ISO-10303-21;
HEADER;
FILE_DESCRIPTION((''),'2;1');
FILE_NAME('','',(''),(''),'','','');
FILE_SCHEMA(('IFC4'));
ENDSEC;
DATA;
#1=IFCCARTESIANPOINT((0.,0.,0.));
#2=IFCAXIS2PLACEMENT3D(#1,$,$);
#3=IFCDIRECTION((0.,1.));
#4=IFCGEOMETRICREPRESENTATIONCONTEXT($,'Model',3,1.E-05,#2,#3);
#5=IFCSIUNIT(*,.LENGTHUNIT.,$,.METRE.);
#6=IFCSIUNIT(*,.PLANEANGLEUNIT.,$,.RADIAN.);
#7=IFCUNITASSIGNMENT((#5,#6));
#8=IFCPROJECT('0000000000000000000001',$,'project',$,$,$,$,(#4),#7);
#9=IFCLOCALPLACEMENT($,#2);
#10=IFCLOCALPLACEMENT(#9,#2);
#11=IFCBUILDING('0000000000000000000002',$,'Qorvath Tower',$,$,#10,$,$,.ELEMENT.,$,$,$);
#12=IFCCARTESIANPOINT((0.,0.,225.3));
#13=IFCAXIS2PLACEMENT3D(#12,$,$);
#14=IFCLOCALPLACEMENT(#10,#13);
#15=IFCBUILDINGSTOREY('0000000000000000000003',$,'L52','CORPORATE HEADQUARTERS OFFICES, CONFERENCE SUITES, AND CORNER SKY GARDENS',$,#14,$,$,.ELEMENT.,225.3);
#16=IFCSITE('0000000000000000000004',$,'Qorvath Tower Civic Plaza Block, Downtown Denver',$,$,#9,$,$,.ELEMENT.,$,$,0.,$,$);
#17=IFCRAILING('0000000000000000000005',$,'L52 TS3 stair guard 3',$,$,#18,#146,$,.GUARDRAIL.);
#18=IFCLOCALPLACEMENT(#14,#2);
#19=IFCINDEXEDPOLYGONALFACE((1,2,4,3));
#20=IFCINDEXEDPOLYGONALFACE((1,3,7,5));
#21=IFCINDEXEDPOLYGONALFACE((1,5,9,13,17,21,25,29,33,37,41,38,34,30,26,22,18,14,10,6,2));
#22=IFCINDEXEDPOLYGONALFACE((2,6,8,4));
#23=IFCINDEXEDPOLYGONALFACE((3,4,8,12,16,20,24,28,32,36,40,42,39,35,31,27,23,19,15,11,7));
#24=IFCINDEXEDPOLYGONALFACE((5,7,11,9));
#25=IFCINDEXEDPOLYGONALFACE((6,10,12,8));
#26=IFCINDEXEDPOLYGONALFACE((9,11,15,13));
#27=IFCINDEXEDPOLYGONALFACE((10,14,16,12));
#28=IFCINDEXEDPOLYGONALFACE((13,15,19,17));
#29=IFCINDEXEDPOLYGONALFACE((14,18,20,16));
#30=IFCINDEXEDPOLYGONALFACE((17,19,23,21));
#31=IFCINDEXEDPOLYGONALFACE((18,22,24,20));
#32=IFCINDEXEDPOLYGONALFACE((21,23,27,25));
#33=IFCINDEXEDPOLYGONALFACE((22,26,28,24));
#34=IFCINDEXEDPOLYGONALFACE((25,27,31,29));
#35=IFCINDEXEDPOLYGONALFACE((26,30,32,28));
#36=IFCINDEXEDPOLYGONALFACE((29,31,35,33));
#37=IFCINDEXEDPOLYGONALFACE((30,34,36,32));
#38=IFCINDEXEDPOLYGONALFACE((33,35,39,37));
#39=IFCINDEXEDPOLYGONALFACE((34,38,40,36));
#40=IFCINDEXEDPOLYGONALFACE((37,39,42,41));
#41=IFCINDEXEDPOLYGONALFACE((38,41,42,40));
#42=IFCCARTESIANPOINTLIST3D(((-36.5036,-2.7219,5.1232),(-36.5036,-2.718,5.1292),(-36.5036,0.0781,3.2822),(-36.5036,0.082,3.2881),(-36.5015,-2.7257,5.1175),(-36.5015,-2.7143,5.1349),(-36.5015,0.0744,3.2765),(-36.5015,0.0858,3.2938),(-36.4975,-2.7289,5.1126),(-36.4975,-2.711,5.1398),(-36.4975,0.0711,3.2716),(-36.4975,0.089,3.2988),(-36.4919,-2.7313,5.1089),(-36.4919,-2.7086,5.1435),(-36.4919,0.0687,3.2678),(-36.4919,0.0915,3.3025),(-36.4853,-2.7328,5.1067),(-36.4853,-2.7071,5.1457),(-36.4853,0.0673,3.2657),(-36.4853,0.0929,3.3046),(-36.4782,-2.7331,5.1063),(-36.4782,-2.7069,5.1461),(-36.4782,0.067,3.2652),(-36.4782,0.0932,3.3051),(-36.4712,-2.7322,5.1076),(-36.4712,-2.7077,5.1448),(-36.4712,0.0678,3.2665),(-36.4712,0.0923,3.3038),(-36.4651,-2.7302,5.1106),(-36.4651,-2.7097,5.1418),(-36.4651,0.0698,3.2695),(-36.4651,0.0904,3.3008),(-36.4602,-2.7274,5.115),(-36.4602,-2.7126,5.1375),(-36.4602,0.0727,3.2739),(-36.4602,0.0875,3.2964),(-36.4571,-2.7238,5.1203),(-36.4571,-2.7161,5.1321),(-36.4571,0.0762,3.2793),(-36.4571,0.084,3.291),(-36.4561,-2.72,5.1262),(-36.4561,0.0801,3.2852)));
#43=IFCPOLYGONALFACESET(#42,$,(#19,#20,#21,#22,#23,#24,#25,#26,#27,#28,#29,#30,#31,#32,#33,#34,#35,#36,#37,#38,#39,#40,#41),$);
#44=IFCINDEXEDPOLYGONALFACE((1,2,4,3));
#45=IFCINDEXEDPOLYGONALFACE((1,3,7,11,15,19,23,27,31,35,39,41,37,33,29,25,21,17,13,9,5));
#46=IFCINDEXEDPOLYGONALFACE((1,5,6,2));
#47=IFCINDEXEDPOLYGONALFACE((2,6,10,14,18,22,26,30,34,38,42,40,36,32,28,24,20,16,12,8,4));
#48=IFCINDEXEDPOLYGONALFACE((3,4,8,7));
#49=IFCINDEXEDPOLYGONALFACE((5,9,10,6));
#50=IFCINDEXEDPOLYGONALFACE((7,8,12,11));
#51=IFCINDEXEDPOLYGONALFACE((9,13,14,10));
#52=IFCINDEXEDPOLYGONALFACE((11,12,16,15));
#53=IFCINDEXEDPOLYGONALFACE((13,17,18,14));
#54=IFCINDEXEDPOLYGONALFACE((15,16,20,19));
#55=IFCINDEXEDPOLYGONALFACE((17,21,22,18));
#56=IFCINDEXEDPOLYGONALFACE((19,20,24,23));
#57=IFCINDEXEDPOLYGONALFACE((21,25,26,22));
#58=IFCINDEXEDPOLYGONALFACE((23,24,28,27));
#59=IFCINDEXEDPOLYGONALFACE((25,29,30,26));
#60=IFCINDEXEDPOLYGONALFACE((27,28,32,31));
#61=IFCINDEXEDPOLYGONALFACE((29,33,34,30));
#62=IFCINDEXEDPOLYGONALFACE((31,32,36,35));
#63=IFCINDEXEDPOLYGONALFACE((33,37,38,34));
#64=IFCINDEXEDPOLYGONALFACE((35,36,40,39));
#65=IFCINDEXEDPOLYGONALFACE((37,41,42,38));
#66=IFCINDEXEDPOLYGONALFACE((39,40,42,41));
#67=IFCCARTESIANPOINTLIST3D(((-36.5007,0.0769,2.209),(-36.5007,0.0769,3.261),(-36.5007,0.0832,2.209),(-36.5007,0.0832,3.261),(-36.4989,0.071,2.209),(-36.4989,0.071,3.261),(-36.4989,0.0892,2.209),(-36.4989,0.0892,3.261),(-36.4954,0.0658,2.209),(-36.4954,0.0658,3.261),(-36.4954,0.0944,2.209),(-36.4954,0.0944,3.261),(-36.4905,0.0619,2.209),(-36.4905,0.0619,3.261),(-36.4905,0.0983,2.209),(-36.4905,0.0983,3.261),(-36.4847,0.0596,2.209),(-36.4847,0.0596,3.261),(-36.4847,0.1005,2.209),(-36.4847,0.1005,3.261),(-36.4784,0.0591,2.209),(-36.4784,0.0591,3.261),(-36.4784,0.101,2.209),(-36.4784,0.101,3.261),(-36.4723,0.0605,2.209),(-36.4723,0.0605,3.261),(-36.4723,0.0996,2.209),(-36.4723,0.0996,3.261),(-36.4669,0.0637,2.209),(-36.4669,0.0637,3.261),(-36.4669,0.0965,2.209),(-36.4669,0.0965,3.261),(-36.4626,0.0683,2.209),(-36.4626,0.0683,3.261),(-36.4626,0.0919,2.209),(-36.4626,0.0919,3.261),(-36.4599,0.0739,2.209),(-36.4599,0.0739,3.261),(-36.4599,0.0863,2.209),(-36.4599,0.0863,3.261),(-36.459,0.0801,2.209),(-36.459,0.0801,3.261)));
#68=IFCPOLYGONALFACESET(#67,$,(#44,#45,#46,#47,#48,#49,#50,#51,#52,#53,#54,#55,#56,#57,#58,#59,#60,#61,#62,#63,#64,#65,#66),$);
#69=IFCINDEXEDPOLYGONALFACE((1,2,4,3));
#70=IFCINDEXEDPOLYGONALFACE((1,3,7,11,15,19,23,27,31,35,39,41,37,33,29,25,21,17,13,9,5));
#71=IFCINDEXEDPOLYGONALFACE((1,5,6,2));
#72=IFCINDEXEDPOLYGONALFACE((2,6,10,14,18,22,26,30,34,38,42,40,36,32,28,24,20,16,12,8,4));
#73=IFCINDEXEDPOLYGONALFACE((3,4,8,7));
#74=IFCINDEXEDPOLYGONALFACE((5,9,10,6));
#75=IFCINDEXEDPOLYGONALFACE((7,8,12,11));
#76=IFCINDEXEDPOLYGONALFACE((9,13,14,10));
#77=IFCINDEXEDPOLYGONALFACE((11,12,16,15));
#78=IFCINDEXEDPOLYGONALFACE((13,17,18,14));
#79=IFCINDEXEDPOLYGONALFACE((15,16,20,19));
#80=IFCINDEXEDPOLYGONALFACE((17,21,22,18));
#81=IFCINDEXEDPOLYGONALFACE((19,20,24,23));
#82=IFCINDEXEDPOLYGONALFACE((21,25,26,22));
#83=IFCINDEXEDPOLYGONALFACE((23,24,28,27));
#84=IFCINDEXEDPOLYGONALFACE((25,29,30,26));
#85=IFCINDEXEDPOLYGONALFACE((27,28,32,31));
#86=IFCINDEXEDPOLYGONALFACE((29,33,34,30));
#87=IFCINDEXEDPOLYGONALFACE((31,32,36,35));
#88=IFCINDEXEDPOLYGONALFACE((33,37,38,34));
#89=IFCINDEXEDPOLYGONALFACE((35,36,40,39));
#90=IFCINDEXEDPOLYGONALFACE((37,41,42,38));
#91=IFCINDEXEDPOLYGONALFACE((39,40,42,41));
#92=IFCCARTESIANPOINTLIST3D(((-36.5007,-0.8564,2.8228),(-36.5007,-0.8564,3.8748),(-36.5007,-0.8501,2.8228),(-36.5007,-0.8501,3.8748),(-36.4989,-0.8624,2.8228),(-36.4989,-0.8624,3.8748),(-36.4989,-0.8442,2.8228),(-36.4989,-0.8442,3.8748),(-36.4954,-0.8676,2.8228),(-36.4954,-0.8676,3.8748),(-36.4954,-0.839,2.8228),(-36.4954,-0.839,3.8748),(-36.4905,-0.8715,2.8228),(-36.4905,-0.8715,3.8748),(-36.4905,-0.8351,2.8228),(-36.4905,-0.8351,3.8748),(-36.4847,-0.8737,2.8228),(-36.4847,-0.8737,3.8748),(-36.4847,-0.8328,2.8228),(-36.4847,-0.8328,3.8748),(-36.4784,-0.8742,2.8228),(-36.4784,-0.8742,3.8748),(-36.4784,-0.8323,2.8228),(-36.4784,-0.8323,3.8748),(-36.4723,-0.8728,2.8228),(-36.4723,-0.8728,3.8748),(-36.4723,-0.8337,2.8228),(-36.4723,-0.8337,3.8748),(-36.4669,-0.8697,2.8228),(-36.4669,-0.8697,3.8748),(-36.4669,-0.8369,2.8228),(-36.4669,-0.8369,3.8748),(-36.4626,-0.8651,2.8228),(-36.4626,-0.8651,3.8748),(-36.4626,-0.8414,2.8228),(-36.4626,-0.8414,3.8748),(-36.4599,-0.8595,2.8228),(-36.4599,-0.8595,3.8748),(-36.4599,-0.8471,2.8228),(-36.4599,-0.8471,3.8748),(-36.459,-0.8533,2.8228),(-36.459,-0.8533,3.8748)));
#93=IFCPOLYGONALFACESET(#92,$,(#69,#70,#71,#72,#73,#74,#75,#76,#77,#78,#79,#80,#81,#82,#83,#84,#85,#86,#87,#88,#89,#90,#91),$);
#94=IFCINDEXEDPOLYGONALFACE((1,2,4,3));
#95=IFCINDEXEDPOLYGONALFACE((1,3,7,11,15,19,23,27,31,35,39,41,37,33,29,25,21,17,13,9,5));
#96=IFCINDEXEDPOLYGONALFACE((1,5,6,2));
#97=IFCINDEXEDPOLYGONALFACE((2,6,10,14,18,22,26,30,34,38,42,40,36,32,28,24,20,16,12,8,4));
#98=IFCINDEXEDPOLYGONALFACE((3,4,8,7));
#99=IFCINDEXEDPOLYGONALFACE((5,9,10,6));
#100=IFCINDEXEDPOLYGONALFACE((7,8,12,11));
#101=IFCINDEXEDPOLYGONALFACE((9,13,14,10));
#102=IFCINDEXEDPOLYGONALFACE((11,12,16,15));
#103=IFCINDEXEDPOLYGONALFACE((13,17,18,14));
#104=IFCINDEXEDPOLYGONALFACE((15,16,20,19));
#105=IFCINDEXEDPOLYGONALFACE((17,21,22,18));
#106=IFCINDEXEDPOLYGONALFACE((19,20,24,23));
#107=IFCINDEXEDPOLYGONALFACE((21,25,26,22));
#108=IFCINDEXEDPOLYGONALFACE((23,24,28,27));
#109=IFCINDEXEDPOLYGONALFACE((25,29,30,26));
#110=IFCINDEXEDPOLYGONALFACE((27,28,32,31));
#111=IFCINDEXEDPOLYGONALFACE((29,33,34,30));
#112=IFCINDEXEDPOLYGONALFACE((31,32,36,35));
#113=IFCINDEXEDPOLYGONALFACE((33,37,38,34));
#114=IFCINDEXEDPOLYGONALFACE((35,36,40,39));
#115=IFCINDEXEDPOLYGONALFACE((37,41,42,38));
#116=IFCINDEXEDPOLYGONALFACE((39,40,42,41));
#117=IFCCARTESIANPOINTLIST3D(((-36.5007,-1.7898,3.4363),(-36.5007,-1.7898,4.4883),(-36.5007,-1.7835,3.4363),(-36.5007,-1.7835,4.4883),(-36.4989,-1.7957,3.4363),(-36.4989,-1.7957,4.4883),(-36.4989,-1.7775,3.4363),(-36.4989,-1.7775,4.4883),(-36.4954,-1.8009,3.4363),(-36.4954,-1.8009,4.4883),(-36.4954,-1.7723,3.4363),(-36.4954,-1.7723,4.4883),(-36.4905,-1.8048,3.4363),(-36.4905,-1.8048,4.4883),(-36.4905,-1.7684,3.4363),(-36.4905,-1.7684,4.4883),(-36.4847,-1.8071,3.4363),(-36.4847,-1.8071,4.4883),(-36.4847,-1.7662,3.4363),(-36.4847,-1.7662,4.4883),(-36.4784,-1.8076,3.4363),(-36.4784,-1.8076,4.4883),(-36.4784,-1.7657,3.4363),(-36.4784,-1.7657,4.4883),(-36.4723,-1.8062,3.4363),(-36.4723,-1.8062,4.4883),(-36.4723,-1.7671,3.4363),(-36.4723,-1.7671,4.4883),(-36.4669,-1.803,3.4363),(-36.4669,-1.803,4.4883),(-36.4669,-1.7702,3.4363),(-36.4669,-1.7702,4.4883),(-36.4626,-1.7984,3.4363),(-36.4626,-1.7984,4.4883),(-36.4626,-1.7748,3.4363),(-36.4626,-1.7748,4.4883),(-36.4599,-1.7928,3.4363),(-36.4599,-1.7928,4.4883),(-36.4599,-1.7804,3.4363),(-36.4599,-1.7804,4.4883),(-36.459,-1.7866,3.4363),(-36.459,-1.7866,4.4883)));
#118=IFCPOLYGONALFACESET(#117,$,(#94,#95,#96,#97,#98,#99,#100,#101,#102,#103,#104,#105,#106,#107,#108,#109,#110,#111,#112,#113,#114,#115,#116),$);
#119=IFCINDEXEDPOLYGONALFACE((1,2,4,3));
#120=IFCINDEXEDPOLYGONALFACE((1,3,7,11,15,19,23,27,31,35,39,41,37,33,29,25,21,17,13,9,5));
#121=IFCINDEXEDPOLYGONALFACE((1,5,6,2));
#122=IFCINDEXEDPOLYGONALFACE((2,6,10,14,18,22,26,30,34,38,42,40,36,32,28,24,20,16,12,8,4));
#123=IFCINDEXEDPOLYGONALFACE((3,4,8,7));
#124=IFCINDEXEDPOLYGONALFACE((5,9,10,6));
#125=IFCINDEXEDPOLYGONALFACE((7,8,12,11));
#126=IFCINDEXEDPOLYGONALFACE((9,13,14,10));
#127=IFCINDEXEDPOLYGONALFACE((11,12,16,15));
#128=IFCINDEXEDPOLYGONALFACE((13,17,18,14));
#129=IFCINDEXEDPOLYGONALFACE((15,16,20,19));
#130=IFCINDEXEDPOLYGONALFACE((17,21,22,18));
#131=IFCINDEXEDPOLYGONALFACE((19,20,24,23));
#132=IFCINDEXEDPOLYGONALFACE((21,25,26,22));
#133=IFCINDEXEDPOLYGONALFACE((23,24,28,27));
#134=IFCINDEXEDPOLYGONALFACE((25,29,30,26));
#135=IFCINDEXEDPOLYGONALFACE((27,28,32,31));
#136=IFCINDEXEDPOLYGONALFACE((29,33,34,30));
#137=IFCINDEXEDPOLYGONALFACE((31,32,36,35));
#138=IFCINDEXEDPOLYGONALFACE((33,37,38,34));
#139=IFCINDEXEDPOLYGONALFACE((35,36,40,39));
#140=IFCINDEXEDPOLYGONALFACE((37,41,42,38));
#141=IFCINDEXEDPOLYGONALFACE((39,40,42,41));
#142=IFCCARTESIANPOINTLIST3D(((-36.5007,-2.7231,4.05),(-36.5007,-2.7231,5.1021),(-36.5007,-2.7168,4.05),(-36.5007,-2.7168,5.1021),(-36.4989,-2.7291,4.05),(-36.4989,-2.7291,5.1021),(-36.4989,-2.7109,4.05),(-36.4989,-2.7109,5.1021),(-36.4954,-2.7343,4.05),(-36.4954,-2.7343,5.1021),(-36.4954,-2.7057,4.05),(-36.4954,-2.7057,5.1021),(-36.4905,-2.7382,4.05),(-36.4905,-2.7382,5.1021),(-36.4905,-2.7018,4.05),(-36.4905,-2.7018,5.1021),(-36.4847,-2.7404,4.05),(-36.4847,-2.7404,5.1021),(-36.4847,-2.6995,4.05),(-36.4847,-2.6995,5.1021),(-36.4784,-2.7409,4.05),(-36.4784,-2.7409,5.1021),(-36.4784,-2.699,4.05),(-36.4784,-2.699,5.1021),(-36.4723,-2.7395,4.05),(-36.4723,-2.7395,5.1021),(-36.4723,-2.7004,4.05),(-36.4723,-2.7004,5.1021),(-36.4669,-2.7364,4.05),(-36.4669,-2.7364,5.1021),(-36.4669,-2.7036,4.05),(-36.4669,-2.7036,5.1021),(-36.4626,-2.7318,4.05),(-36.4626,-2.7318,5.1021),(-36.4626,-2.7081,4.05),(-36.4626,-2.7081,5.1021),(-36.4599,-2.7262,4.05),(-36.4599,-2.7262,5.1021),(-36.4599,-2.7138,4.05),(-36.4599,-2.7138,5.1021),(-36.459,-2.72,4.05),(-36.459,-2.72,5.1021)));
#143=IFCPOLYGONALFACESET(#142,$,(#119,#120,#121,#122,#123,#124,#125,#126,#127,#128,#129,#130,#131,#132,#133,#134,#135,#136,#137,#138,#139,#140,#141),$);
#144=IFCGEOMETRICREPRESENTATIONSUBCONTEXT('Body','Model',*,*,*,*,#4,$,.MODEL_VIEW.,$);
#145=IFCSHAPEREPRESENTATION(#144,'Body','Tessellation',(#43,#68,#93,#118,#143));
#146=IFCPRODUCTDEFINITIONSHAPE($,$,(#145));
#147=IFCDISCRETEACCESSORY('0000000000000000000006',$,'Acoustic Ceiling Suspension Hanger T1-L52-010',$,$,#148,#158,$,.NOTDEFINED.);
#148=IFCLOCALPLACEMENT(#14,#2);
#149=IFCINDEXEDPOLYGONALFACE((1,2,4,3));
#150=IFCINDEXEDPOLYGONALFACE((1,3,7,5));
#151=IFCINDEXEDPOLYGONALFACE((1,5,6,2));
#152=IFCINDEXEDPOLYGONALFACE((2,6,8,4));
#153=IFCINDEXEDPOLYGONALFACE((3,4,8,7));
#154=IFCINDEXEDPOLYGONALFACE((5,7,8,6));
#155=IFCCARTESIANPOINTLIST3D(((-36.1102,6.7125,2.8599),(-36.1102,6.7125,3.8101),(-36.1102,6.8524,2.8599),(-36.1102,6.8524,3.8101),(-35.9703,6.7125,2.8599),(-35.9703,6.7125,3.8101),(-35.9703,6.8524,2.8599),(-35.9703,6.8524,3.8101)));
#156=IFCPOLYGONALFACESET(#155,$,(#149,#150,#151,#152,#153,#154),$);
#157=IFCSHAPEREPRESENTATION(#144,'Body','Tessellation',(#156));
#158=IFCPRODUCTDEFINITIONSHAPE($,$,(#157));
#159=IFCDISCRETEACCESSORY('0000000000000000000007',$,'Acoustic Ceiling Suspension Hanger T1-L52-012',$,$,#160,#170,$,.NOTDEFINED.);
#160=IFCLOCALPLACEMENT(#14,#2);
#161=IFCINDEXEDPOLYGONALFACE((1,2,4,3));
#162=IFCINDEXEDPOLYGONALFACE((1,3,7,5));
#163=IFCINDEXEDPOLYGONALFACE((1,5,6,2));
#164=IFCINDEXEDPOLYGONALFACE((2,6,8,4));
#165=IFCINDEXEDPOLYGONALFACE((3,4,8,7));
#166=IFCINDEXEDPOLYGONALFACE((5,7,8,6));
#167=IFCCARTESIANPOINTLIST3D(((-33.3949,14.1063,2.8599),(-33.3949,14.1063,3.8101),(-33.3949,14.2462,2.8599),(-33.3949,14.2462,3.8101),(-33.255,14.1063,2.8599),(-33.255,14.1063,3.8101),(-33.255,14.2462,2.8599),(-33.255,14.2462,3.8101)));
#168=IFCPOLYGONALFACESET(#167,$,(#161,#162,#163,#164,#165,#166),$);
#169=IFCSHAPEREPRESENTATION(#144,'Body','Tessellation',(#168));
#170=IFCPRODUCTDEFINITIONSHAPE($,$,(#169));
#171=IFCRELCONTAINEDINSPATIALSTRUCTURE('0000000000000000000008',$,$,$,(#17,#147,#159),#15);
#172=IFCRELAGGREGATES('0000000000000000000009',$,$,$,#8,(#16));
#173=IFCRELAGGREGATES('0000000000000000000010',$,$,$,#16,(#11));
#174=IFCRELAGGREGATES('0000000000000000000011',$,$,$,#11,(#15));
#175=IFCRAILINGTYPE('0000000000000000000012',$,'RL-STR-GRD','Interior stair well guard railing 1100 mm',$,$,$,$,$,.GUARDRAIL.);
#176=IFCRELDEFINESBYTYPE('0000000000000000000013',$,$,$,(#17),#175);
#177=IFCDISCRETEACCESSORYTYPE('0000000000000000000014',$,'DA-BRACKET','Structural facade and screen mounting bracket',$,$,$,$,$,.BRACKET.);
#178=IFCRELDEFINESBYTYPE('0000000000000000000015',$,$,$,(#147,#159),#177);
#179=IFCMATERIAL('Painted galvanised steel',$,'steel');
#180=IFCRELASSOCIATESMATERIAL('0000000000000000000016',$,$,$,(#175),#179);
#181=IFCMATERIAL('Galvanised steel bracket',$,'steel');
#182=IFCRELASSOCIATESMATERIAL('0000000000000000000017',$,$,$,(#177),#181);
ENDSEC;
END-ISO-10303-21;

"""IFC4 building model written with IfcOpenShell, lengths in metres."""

from ifc_helpers import new_model, si_unit, direction, frame, origin, origin_2d, place, context, subcontext, project, spatial, rectangle, circle, extrude, material, type_object, element, save


model = new_model("IFC4")

# Units and contexts
model_context = context("Model", 3, precision=1e-05, world=origin(), true_north=direction((0.0, 1.0)))
body_context = subcontext(model_context, "Body", "Model", "MODEL_VIEW")
ifc_project = project(units=[si_unit("LENGTHUNIT", "METRE"), si_unit("PLANEANGLEUNIT", "RADIAN")], contexts=[model_context])

# Site, building, storey
site_placement = place(None, origin())
site = spatial("IfcSite", under=ifc_project, at=site_placement, Name="Qorvath Tower Civic Plaza Block, Downtown Denver", CompositionType="ELEMENT", RefElevation=0.0)
building_placement = place(site_placement, origin())
building = spatial("IfcBuilding", under=site, at=building_placement, Name="Qorvath Tower", CompositionType="ELEMENT")
storey_placement = place(building_placement, frame((0.0, 0.0, 225.3)))
storey = spatial("IfcBuildingStorey", under=building, at=storey_placement, Name="L52", Description="CORPORATE HEADQUARTERS OFFICES, CONFERENCE SUITES, AND CORNER SKY GARDENS", CompositionType="ELEMENT", Elevation=225.3)

# Railing
ifc_material_1 = material(Name="Painted galvanised steel", Category="steel")
railing_type = type_object("IfcRailingType", Name="RL-STR-GRD", Description="Interior stair well guard railing 1100 mm", PredefinedType="GUARDRAIL", material=ifc_material_1)
railing_1_placement = place(storey_placement, frame((-36.48, 0.0801, 2.209)))
element("IfcRailing", 1, at=railing_1_placement, inside=storey, type_object=railing_type, Name="L52 TS3 stair guard 3", PredefinedType="GUARDRAIL", context=body_context, shape_type="SweptSolid", body=[
    extrude(circle(Radius=0.0239, at=origin_2d()), frame((0.0, 0.0, 1.0762), z_axis=(0.0, -0.835564, 0.549393), x_axis=(1.0, 0.0, 0.0)), (0.0, 0.0, 1.0), 3.3511),
    extrude(circle(Radius=0.021, at=origin_2d()), origin(), (0.0, 0.0, 1.0), 1.052),
    extrude(circle(Radius=0.021, at=origin_2d()), frame((0.0, -0.9333, 0.6138)), (0.0, 0.0, 1.0), 1.052),
    extrude(circle(Radius=0.021, at=origin_2d()), frame((0.0, -1.8667, 1.2273)), (0.0, 0.0, 1.0), 1.052),
    extrude(circle(Radius=0.021, at=origin_2d()), frame((0.0, -2.8, 1.8411)), (0.0, 0.0, 1.0), 1.052),
])

# Discrete accessories
ifc_material_2 = material(Name="Galvanised steel bracket", Category="steel")
discrete_accessory_type = type_object("IfcDiscreteAccessoryType", Name="DA-BRACKET", Description="Structural facade and screen mounting bracket", PredefinedType="BRACKET", material=ifc_material_2)
for number, where, z_axis, x_axis, name in (
    (2, (-36.0403, 6.7825, 2.8599), (0.0, 0.0, 1.0), (1.0, 0.0, 0.0), "Acoustic Ceiling Suspension Hanger T1-L52-010"),
    (3, (-33.325, 14.1763, 2.8599), (0.0, 0.0, 1.0), (1.0, 0.0, 0.0), "Acoustic Ceiling Suspension Hanger T1-L52-012"),
):
    element("IfcDiscreteAccessory", number, at=place(storey_placement, frame(where, z_axis=z_axis, x_axis=x_axis)), inside=storey, type_object=discrete_accessory_type, Name=name, PredefinedType="NOTDEFINED", context=body_context, shape_type="SweptSolid", body=[
        extrude(rectangle(XDim=0.1399, YDim=0.1399, at=origin_2d()), origin(), (0.0, 0.0, 1.0), 0.9502),
    ])

save(model, "model.ifc")
